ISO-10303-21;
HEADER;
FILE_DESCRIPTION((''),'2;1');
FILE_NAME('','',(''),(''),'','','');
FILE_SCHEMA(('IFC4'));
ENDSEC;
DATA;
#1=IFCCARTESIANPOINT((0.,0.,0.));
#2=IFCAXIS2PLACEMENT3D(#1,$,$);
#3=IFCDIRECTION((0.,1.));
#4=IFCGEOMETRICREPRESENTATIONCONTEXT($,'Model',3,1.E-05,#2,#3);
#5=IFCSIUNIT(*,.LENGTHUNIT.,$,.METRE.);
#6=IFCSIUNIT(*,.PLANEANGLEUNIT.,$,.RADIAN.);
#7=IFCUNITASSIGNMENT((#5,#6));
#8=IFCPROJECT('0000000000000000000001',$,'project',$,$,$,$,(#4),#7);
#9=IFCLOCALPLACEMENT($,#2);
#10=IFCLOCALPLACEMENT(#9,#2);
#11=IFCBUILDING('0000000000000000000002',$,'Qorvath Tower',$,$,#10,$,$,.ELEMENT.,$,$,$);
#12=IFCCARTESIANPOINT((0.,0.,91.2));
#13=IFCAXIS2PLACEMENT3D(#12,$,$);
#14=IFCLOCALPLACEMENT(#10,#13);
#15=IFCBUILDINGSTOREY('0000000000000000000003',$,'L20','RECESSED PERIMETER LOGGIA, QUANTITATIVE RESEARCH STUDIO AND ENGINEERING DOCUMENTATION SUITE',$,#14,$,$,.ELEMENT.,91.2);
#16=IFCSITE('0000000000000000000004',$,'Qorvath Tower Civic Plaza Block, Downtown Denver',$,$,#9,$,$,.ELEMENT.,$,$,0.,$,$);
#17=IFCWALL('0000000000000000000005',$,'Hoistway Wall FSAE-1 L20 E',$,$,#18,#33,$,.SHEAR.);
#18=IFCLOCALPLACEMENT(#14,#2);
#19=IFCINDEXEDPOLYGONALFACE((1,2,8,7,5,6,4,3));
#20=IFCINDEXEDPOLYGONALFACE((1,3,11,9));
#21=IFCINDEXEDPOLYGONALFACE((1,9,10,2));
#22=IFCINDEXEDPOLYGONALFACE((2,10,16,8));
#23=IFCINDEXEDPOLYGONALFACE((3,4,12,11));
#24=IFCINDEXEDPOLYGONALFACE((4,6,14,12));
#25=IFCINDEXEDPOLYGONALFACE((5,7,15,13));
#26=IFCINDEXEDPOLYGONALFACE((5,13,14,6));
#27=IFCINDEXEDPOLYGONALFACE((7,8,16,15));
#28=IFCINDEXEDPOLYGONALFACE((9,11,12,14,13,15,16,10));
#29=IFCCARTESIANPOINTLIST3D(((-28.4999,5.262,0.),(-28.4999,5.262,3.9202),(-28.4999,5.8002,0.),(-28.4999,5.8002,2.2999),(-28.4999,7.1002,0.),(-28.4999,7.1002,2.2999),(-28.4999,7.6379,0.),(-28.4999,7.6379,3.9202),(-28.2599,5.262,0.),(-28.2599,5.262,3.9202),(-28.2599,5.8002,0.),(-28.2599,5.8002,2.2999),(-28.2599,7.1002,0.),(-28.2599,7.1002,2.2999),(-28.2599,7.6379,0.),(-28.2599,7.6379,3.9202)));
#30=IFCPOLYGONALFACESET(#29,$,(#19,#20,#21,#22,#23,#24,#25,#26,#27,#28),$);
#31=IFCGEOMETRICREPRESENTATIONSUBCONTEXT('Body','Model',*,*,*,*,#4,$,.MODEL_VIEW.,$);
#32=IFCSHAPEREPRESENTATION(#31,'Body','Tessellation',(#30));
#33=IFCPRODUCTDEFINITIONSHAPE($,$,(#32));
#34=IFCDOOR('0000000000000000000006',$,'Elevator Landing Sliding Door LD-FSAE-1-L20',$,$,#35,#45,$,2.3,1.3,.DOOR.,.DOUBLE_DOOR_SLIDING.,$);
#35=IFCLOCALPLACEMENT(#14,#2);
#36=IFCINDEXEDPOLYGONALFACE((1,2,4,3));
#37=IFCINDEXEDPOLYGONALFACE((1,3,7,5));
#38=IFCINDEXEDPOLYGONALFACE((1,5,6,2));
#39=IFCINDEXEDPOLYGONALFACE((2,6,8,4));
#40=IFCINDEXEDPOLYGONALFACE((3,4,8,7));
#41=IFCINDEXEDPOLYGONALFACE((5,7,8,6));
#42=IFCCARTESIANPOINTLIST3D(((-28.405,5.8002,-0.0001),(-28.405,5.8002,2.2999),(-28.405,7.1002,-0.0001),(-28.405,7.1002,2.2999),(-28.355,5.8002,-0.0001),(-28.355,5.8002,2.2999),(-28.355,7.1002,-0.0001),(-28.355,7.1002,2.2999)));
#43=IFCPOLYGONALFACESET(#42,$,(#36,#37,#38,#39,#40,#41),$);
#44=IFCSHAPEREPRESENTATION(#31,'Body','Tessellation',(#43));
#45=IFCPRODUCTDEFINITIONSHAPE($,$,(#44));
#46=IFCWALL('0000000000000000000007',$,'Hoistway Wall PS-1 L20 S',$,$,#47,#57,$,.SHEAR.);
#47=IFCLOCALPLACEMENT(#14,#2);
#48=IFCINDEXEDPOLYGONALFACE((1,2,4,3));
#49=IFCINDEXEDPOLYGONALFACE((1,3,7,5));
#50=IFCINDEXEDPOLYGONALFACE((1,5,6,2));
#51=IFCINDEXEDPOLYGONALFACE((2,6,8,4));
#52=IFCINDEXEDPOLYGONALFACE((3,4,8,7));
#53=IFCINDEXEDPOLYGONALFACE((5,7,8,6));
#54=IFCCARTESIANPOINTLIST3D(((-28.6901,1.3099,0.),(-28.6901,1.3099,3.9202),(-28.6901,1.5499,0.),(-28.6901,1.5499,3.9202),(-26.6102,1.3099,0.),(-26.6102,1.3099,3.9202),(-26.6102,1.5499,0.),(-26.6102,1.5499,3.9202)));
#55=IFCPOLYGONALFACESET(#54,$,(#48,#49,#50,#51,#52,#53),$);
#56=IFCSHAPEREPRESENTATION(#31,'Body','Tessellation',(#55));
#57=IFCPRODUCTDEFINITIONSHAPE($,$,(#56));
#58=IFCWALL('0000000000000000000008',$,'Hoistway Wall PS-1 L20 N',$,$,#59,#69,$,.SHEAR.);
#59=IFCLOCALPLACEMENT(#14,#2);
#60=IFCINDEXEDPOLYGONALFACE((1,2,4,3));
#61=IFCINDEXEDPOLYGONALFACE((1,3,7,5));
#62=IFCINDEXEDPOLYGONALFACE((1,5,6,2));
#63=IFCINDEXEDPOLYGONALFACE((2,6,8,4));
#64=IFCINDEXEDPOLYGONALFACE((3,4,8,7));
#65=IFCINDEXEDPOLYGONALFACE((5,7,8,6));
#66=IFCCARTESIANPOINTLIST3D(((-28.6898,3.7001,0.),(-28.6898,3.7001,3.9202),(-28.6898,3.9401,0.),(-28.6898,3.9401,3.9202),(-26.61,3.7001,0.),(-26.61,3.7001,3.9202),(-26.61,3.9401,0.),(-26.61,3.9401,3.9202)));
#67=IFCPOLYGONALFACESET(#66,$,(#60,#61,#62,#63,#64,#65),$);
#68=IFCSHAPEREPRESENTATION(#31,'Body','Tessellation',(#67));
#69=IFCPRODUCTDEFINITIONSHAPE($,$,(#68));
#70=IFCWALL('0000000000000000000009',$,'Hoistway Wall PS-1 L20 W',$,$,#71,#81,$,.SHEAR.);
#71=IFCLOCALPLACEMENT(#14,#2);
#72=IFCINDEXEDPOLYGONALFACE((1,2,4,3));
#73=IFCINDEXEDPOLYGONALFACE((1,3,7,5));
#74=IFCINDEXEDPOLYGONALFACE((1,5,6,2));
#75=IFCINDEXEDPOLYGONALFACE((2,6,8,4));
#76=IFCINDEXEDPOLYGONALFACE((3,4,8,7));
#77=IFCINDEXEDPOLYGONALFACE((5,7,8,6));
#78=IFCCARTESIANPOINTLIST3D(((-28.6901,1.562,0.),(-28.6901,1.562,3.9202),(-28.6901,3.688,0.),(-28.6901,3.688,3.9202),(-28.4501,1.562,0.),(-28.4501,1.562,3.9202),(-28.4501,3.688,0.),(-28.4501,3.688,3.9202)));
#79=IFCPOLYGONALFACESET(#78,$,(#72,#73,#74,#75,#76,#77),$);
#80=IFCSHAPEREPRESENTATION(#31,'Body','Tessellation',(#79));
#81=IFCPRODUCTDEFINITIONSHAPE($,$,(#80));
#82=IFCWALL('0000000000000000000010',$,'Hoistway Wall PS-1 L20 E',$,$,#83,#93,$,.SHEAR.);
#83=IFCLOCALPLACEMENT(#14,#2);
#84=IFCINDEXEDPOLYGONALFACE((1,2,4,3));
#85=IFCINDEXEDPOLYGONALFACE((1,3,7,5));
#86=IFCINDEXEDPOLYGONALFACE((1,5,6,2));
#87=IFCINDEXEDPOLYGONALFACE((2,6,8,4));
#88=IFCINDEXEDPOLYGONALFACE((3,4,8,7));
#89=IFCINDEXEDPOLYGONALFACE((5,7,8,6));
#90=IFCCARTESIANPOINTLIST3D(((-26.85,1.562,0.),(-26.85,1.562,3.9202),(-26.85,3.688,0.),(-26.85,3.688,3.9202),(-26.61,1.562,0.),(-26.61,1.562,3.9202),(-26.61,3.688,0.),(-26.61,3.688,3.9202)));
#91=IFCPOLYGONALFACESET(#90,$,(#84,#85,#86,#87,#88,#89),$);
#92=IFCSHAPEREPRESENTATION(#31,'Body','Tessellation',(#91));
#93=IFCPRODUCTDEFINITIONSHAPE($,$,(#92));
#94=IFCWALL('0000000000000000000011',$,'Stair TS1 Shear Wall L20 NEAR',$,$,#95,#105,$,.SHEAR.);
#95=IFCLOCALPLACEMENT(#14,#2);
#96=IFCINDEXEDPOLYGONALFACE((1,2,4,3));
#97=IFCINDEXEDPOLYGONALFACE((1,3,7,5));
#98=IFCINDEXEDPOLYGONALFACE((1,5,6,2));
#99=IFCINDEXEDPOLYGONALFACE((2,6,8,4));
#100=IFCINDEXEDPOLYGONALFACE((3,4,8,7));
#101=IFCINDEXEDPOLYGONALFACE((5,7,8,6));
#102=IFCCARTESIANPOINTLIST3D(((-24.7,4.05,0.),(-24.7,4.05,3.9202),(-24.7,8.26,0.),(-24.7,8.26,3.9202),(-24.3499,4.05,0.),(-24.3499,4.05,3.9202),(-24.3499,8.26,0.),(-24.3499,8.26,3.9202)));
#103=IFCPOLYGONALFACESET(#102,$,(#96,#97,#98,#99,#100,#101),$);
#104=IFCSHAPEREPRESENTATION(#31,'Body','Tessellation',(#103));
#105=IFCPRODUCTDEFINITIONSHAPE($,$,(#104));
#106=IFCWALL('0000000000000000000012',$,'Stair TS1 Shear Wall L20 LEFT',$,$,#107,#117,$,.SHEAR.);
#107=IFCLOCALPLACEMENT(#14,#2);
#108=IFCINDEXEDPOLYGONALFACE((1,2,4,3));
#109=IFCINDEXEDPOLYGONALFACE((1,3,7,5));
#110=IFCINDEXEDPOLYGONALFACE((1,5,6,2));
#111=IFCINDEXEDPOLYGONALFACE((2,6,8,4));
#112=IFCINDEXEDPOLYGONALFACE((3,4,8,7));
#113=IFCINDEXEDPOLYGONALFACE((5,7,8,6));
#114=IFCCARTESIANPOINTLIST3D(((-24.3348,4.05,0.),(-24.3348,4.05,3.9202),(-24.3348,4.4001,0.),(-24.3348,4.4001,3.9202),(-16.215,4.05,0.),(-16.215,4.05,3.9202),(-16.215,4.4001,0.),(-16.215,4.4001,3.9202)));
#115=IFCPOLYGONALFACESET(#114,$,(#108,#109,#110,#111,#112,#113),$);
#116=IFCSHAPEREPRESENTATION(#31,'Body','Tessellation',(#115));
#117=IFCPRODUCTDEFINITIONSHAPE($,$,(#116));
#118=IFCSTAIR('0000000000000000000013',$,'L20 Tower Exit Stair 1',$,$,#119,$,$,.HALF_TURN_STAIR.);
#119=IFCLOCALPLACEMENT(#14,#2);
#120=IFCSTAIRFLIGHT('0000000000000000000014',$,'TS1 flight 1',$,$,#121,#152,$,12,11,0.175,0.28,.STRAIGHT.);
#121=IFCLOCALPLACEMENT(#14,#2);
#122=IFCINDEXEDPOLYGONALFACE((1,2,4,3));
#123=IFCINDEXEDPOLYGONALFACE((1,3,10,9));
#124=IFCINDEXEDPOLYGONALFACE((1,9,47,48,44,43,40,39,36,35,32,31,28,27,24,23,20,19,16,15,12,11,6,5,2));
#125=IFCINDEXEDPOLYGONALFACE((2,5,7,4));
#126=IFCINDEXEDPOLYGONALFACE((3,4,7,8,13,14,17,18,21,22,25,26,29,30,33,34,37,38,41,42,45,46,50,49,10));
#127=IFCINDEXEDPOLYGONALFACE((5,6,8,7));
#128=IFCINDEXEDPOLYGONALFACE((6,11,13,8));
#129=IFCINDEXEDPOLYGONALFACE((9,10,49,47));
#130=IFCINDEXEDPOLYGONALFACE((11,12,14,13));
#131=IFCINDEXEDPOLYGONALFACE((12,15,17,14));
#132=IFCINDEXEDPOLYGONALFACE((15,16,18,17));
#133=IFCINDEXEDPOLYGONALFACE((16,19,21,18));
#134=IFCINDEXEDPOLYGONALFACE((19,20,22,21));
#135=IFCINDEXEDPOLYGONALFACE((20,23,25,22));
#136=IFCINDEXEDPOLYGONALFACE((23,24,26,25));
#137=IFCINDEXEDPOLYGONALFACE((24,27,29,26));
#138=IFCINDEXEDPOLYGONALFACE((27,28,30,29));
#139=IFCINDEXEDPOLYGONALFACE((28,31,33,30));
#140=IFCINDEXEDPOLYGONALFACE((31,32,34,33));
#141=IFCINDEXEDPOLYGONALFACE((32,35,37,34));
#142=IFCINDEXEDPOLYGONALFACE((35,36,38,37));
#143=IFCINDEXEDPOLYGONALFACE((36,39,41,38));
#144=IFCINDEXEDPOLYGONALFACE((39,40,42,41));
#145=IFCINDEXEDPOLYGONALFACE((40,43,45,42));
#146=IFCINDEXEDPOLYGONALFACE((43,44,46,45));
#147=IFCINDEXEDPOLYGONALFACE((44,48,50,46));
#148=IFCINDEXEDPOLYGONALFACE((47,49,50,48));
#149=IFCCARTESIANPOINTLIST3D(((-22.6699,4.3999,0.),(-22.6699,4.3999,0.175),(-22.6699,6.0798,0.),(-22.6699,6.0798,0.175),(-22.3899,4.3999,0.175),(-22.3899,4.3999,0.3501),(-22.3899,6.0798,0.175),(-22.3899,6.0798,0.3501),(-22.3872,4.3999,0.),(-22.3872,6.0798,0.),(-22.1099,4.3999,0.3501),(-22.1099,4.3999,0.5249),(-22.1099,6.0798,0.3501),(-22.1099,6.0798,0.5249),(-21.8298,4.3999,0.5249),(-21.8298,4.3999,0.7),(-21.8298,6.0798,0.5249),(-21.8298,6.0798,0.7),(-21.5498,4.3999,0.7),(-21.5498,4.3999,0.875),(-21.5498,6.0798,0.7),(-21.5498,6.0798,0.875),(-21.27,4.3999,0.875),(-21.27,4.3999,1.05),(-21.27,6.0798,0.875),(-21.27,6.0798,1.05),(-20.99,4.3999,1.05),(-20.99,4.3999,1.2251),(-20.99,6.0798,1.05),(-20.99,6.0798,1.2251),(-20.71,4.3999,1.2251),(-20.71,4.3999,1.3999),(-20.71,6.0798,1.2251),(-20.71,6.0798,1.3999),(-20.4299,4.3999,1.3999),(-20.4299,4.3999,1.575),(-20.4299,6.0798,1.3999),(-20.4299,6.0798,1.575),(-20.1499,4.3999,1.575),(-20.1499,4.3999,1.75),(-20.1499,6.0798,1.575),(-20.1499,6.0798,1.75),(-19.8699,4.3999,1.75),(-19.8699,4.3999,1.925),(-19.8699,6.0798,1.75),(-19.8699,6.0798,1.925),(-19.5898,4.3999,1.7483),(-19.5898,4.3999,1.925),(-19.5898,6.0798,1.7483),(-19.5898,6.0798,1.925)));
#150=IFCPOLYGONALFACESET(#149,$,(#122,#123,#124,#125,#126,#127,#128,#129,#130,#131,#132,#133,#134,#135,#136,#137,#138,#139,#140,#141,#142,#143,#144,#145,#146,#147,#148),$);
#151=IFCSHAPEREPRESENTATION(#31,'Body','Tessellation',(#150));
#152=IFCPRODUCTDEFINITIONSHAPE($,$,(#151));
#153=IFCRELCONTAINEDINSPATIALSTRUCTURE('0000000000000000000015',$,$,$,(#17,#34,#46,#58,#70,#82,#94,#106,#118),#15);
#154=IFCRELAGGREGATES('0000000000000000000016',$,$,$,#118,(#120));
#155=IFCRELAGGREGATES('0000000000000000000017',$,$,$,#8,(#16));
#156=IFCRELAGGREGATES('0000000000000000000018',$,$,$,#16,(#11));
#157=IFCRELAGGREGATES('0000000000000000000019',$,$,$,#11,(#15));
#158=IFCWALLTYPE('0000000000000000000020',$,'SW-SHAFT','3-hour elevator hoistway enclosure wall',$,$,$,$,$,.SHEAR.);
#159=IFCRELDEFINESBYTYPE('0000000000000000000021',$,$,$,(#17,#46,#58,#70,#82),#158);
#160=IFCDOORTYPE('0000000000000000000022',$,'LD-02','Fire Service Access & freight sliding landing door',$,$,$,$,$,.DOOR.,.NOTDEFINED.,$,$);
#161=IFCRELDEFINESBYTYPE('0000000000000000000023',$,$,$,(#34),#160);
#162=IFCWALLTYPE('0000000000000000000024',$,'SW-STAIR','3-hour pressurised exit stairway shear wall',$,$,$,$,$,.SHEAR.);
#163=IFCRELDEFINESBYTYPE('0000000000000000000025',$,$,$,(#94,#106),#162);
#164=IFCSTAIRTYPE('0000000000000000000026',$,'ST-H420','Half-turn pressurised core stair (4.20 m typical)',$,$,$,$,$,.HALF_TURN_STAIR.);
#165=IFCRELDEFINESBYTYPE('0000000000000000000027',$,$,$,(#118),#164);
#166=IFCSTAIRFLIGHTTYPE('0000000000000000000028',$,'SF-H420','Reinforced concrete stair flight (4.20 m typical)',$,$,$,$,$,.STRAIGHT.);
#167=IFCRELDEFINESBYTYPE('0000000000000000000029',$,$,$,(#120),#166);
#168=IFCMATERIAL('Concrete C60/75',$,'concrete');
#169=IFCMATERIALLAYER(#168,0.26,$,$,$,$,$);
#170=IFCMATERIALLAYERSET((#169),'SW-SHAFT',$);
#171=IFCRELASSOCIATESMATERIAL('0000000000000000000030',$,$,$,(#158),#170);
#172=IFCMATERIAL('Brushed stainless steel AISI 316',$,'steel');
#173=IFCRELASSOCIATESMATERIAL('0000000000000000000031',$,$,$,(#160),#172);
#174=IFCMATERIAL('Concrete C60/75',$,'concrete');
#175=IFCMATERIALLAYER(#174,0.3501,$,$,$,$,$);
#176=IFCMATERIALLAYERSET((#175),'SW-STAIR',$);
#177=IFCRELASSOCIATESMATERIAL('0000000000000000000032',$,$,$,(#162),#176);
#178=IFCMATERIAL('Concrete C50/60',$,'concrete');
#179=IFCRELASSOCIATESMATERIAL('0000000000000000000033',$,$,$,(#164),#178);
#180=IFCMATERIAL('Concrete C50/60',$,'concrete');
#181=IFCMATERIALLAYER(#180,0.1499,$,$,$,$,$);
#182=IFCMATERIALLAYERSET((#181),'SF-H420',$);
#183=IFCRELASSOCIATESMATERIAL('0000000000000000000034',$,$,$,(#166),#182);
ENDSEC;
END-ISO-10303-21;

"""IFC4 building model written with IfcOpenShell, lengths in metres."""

from ifc_helpers import new_model, si_unit, direction, frame, frame_2d, origin, place, context, subcontext, project, spatial, polyline, rectangle, outline, extrude, material, layer, layer_set, type_object, element, fill, aggregate, save


model = new_model("IFC4")

# Units and contexts
model_context = context("Model", 3, precision=1e-05, world=origin(), true_north=direction((0.0, 1.0)))
body_context = subcontext(model_context, "Body", "Model", "MODEL_VIEW")
ifc_project = project(units=[si_unit("LENGTHUNIT", "METRE"), si_unit("PLANEANGLEUNIT", "RADIAN")], contexts=[model_context])

# Site, building, storey
site_placement = place(None, origin())
site = spatial("IfcSite", under=ifc_project, at=site_placement, Name="Qorvath Tower Civic Plaza Block, Downtown Denver", CompositionType="ELEMENT", RefElevation=0.0)
building_placement = place(site_placement, origin())
building = spatial("IfcBuilding", under=site, at=building_placement, Name="Qorvath Tower", CompositionType="ELEMENT")
storey_placement = place(building_placement, frame((0.0, 0.0, 91.2)))
storey = spatial("IfcBuildingStorey", under=building, at=storey_placement, Name="L20", Description="RECESSED PERIMETER LOGGIA, QUANTITATIVE RESEARCH STUDIO AND ENGINEERING DOCUMENTATION SUITE", CompositionType="ELEMENT", Elevation=91.2)

# Shared definitions
ifc_material_1 = material(Name="Concrete C60/75", Category="concrete")
ifc_layer_1 = layer(ifc_material_1, 0.26)
ifc_layer_set_1 = layer_set([ifc_layer_1], Name="SW-SHAFT")
wall_type_1 = type_object("IfcWallType", Name="SW-SHAFT", Description="3-hour elevator hoistway enclosure wall", PredefinedType="SHEAR", material=ifc_layer_set_1)

# Wall, opening, door
wall_1_placement = place(storey_placement, frame((-28.3799, 7.6379, 0.0), z_axis=(0.0, 0.0, 1.0), x_axis=(0.0, -1.0, 0.0)))
wall_1 = element("IfcWall", 1, at=wall_1_placement, inside=storey, type_object=wall_type_1, Name="Hoistway Wall FSAE-1 L20 E", PredefinedType="SHEAR", context=body_context, shape_type="SweptSolid", body=[
    extrude(rectangle(XDim=2.376, YDim=0.24, at=frame_2d((1.188, 0.0))), origin(), (0.0, 0.0, 1.0), 3.9202),
])
opening_1_placement = place(wall_1_placement, frame((0.5378, 0.0, 0.0)))
opening_1 = element("IfcOpeningElement", 2, at=opening_1_placement, cuts=wall_1, PredefinedType="OPENING", context=body_context, shape_type="SweptSolid", body=[
    extrude(rectangle(XDim=1.3, YDim=2.3, at=frame_2d((0.6499, 1.1499))), frame((0.0, 0.1299, 0.0), z_axis=(0.0, -1.0, 0.0), x_axis=(1.0, 0.0, 0.0)), (0.0, 0.0, 1.0), 0.26),
])
ifc_material_2 = material(Name="Brushed stainless steel AISI 316", Category="steel")
door_type_1 = type_object("IfcDoorType", Name="LD-02", Description="Fire Service Access & freight sliding landing door", OperationType="NOTDEFINED", PredefinedType="DOOR", material=ifc_material_2)
door_1_placement = place(opening_1_placement, origin())
door_1 = element("IfcDoor", 3, at=door_1_placement, inside=storey, type_object=door_type_1, Name="Elevator Landing Sliding Door LD-FSAE-1-L20", OperationType="DOUBLE_DOOR_SLIDING", OverallHeight=2.3, OverallWidth=1.3, PredefinedType="DOOR", context=body_context, shape_type="SweptSolid", body=[
    extrude(rectangle(XDim=1.3, YDim=2.3, at=frame_2d((0.6499, 1.1499))), frame((0.0, 0.0249, 0.0), z_axis=(0.0, -1.0, 0.0), x_axis=(1.0, 0.0, 0.0)), (0.0, 0.0, 1.0), 0.05),
])
fill(opening_1, door_1)

# Walls
for number, where, z_axis, x_axis, name in (
    (4, (-26.6101, 1.4299, 0.0), (0.0, 0.0, 1.0), (-1.0, 0.0, 0.0), "Hoistway Wall PS-1 L20 S"),
    (5, (-28.6899, 3.8201, 0.0), (0.0, 0.0, 1.0), (1.0, 0.0, 0.0), "Hoistway Wall PS-1 L20 N"),
):
    element("IfcWall", number, at=place(storey_placement, frame(where, z_axis=z_axis, x_axis=x_axis)), inside=storey, type_object=wall_type_1, Name=name, PredefinedType="SHEAR", context=body_context, shape_type="SweptSolid", body=[
        extrude(rectangle(XDim=2.0798, YDim=0.24, at=frame_2d((1.04, 0.0))), origin(), (0.0, 0.0, 1.0), 3.9202),
    ])
for number, where, z_axis, x_axis, name in (
    (6, (-28.5701, 1.562, 0.0), (0.0, 0.0, 1.0), (0.0, 1.0, 0.0), "Hoistway Wall PS-1 L20 W"),
    (7, (-26.73, 3.688, 0.0), (0.0, 0.0, 1.0), (0.0, -1.0, 0.0), "Hoistway Wall PS-1 L20 E"),
):
    element("IfcWall", number, at=place(storey_placement, frame(where, z_axis=z_axis, x_axis=x_axis)), inside=storey, type_object=wall_type_1, Name=name, PredefinedType="SHEAR", context=body_context, shape_type="SweptSolid", body=[
        extrude(rectangle(XDim=2.126, YDim=0.24, at=frame_2d((1.063, 0.0))), origin(), (0.0, 0.0, 1.0), 3.9202),
    ])
ifc_material_3 = material(Name="Concrete C60/75", Category="concrete")
ifc_layer_2 = layer(ifc_material_3, 0.3501)
ifc_layer_set_2 = layer_set([ifc_layer_2], Name="SW-STAIR")
wall_type_2 = type_object("IfcWallType", Name="SW-STAIR", Description="3-hour pressurised exit stairway shear wall", PredefinedType="SHEAR", material=ifc_layer_set_2)
wall_2_placement = place(storey_placement, frame((-24.5249, 8.26, 0.0), z_axis=(0.0, 0.0, 1.0), x_axis=(0.0, -1.0, 0.0)))
element("IfcWall", 8, at=wall_2_placement, inside=storey, type_object=wall_type_2, Name="Stair TS1 Shear Wall L20 NEAR", PredefinedType="SHEAR", context=body_context, shape_type="SweptSolid", body=[
    extrude(rectangle(XDim=4.21, YDim=0.3501, at=frame_2d((2.105, 0.0))), origin(), (0.0, 0.0, 1.0), 3.9202),
])
wall_3_placement = place(storey_placement, frame((-24.335, 4.2251, 0.0), z_axis=(0.0, 0.0, 1.0), x_axis=(1.0, 0.0, 0.0)))
element("IfcWall", 9, at=wall_3_placement, inside=storey, type_object=wall_type_2, Name="Stair TS1 Shear Wall L20 LEFT", PredefinedType="SHEAR", context=body_context, shape_type="SweptSolid", body=[
    extrude(rectangle(XDim=8.1199, YDim=0.3501, at=frame_2d((4.0601, 0.0))), origin(), (0.0, 0.0, 1.0), 3.9202),
])

# Stair, stair flight
ifc_material_4 = material(Name="Concrete C50/60", Category="concrete")
stair_type = type_object("IfcStairType", Name="ST-H420", Description="Half-turn pressurised core stair (4.20 m typical)", PredefinedType="HALF_TURN_STAIR", material=ifc_material_4)
stair_placement = place(storey_placement, origin())
stair = element("IfcStair", 10, at=stair_placement, inside=storey, type_object=stair_type, Name="L20 Tower Exit Stair 1", PredefinedType="HALF_TURN_STAIR")
ifc_material_5 = material(Name="Concrete C50/60", Category="concrete")
ifc_layer_3 = layer(ifc_material_5, 0.1499)
ifc_layer_set_3 = layer_set([ifc_layer_3], Name="SF-H420")
stair_flight_type = type_object("IfcStairFlightType", Name="SF-H420", Description="Reinforced concrete stair flight (4.20 m typical)", PredefinedType="STRAIGHT", material=ifc_layer_set_3)
stair_flight_placement = place(storey_placement, frame((-22.6699, 5.24, 0.0), z_axis=(0.0, 0.0, 1.0), x_axis=(1.0, 0.0, 0.0)))
stair_flight = element("IfcStairFlight", 11, at=stair_flight_placement, type_object=stair_flight_type, Name="TS1 flight 1", NumberOfRisers=12, NumberOfTreads=11, PredefinedType="STRAIGHT", RiserHeight=0.175, TreadLength=0.28, context=body_context, shape_type="SweptSolid", body=[
    extrude(outline(polyline([(0.0, 0.0), (0.0, 0.175), (0.28, 0.175), (0.28, 0.3501), (0.5601, 0.3501), (0.5601, 0.5249), (0.8401, 0.5249), (0.8401, 0.7), (1.1201, 0.7), (1.1201, 0.875), (1.3999, 0.875), (1.3999, 1.05), (1.6799, 1.05), (1.6799, 1.2251), (1.96, 1.2251), (1.96, 1.3999), (2.24, 1.3999), (2.24, 1.575), (2.52, 1.575), (2.52, 1.75), (2.8, 1.75), (2.8, 1.925), (3.0801, 1.925), (3.0801, 2.1001), (3.0801, 1.7483), (0.2827, 0.0), (0.0, 0.0)])), frame((0.0, 0.8398, 0.0), z_axis=(0.0, -1.0, 0.0), x_axis=(1.0, 0.0, 0.0)), (0.0, 0.0, 1.0), 1.6799),
])
aggregate(stair, [stair_flight])

save(model, "model.ifc")
